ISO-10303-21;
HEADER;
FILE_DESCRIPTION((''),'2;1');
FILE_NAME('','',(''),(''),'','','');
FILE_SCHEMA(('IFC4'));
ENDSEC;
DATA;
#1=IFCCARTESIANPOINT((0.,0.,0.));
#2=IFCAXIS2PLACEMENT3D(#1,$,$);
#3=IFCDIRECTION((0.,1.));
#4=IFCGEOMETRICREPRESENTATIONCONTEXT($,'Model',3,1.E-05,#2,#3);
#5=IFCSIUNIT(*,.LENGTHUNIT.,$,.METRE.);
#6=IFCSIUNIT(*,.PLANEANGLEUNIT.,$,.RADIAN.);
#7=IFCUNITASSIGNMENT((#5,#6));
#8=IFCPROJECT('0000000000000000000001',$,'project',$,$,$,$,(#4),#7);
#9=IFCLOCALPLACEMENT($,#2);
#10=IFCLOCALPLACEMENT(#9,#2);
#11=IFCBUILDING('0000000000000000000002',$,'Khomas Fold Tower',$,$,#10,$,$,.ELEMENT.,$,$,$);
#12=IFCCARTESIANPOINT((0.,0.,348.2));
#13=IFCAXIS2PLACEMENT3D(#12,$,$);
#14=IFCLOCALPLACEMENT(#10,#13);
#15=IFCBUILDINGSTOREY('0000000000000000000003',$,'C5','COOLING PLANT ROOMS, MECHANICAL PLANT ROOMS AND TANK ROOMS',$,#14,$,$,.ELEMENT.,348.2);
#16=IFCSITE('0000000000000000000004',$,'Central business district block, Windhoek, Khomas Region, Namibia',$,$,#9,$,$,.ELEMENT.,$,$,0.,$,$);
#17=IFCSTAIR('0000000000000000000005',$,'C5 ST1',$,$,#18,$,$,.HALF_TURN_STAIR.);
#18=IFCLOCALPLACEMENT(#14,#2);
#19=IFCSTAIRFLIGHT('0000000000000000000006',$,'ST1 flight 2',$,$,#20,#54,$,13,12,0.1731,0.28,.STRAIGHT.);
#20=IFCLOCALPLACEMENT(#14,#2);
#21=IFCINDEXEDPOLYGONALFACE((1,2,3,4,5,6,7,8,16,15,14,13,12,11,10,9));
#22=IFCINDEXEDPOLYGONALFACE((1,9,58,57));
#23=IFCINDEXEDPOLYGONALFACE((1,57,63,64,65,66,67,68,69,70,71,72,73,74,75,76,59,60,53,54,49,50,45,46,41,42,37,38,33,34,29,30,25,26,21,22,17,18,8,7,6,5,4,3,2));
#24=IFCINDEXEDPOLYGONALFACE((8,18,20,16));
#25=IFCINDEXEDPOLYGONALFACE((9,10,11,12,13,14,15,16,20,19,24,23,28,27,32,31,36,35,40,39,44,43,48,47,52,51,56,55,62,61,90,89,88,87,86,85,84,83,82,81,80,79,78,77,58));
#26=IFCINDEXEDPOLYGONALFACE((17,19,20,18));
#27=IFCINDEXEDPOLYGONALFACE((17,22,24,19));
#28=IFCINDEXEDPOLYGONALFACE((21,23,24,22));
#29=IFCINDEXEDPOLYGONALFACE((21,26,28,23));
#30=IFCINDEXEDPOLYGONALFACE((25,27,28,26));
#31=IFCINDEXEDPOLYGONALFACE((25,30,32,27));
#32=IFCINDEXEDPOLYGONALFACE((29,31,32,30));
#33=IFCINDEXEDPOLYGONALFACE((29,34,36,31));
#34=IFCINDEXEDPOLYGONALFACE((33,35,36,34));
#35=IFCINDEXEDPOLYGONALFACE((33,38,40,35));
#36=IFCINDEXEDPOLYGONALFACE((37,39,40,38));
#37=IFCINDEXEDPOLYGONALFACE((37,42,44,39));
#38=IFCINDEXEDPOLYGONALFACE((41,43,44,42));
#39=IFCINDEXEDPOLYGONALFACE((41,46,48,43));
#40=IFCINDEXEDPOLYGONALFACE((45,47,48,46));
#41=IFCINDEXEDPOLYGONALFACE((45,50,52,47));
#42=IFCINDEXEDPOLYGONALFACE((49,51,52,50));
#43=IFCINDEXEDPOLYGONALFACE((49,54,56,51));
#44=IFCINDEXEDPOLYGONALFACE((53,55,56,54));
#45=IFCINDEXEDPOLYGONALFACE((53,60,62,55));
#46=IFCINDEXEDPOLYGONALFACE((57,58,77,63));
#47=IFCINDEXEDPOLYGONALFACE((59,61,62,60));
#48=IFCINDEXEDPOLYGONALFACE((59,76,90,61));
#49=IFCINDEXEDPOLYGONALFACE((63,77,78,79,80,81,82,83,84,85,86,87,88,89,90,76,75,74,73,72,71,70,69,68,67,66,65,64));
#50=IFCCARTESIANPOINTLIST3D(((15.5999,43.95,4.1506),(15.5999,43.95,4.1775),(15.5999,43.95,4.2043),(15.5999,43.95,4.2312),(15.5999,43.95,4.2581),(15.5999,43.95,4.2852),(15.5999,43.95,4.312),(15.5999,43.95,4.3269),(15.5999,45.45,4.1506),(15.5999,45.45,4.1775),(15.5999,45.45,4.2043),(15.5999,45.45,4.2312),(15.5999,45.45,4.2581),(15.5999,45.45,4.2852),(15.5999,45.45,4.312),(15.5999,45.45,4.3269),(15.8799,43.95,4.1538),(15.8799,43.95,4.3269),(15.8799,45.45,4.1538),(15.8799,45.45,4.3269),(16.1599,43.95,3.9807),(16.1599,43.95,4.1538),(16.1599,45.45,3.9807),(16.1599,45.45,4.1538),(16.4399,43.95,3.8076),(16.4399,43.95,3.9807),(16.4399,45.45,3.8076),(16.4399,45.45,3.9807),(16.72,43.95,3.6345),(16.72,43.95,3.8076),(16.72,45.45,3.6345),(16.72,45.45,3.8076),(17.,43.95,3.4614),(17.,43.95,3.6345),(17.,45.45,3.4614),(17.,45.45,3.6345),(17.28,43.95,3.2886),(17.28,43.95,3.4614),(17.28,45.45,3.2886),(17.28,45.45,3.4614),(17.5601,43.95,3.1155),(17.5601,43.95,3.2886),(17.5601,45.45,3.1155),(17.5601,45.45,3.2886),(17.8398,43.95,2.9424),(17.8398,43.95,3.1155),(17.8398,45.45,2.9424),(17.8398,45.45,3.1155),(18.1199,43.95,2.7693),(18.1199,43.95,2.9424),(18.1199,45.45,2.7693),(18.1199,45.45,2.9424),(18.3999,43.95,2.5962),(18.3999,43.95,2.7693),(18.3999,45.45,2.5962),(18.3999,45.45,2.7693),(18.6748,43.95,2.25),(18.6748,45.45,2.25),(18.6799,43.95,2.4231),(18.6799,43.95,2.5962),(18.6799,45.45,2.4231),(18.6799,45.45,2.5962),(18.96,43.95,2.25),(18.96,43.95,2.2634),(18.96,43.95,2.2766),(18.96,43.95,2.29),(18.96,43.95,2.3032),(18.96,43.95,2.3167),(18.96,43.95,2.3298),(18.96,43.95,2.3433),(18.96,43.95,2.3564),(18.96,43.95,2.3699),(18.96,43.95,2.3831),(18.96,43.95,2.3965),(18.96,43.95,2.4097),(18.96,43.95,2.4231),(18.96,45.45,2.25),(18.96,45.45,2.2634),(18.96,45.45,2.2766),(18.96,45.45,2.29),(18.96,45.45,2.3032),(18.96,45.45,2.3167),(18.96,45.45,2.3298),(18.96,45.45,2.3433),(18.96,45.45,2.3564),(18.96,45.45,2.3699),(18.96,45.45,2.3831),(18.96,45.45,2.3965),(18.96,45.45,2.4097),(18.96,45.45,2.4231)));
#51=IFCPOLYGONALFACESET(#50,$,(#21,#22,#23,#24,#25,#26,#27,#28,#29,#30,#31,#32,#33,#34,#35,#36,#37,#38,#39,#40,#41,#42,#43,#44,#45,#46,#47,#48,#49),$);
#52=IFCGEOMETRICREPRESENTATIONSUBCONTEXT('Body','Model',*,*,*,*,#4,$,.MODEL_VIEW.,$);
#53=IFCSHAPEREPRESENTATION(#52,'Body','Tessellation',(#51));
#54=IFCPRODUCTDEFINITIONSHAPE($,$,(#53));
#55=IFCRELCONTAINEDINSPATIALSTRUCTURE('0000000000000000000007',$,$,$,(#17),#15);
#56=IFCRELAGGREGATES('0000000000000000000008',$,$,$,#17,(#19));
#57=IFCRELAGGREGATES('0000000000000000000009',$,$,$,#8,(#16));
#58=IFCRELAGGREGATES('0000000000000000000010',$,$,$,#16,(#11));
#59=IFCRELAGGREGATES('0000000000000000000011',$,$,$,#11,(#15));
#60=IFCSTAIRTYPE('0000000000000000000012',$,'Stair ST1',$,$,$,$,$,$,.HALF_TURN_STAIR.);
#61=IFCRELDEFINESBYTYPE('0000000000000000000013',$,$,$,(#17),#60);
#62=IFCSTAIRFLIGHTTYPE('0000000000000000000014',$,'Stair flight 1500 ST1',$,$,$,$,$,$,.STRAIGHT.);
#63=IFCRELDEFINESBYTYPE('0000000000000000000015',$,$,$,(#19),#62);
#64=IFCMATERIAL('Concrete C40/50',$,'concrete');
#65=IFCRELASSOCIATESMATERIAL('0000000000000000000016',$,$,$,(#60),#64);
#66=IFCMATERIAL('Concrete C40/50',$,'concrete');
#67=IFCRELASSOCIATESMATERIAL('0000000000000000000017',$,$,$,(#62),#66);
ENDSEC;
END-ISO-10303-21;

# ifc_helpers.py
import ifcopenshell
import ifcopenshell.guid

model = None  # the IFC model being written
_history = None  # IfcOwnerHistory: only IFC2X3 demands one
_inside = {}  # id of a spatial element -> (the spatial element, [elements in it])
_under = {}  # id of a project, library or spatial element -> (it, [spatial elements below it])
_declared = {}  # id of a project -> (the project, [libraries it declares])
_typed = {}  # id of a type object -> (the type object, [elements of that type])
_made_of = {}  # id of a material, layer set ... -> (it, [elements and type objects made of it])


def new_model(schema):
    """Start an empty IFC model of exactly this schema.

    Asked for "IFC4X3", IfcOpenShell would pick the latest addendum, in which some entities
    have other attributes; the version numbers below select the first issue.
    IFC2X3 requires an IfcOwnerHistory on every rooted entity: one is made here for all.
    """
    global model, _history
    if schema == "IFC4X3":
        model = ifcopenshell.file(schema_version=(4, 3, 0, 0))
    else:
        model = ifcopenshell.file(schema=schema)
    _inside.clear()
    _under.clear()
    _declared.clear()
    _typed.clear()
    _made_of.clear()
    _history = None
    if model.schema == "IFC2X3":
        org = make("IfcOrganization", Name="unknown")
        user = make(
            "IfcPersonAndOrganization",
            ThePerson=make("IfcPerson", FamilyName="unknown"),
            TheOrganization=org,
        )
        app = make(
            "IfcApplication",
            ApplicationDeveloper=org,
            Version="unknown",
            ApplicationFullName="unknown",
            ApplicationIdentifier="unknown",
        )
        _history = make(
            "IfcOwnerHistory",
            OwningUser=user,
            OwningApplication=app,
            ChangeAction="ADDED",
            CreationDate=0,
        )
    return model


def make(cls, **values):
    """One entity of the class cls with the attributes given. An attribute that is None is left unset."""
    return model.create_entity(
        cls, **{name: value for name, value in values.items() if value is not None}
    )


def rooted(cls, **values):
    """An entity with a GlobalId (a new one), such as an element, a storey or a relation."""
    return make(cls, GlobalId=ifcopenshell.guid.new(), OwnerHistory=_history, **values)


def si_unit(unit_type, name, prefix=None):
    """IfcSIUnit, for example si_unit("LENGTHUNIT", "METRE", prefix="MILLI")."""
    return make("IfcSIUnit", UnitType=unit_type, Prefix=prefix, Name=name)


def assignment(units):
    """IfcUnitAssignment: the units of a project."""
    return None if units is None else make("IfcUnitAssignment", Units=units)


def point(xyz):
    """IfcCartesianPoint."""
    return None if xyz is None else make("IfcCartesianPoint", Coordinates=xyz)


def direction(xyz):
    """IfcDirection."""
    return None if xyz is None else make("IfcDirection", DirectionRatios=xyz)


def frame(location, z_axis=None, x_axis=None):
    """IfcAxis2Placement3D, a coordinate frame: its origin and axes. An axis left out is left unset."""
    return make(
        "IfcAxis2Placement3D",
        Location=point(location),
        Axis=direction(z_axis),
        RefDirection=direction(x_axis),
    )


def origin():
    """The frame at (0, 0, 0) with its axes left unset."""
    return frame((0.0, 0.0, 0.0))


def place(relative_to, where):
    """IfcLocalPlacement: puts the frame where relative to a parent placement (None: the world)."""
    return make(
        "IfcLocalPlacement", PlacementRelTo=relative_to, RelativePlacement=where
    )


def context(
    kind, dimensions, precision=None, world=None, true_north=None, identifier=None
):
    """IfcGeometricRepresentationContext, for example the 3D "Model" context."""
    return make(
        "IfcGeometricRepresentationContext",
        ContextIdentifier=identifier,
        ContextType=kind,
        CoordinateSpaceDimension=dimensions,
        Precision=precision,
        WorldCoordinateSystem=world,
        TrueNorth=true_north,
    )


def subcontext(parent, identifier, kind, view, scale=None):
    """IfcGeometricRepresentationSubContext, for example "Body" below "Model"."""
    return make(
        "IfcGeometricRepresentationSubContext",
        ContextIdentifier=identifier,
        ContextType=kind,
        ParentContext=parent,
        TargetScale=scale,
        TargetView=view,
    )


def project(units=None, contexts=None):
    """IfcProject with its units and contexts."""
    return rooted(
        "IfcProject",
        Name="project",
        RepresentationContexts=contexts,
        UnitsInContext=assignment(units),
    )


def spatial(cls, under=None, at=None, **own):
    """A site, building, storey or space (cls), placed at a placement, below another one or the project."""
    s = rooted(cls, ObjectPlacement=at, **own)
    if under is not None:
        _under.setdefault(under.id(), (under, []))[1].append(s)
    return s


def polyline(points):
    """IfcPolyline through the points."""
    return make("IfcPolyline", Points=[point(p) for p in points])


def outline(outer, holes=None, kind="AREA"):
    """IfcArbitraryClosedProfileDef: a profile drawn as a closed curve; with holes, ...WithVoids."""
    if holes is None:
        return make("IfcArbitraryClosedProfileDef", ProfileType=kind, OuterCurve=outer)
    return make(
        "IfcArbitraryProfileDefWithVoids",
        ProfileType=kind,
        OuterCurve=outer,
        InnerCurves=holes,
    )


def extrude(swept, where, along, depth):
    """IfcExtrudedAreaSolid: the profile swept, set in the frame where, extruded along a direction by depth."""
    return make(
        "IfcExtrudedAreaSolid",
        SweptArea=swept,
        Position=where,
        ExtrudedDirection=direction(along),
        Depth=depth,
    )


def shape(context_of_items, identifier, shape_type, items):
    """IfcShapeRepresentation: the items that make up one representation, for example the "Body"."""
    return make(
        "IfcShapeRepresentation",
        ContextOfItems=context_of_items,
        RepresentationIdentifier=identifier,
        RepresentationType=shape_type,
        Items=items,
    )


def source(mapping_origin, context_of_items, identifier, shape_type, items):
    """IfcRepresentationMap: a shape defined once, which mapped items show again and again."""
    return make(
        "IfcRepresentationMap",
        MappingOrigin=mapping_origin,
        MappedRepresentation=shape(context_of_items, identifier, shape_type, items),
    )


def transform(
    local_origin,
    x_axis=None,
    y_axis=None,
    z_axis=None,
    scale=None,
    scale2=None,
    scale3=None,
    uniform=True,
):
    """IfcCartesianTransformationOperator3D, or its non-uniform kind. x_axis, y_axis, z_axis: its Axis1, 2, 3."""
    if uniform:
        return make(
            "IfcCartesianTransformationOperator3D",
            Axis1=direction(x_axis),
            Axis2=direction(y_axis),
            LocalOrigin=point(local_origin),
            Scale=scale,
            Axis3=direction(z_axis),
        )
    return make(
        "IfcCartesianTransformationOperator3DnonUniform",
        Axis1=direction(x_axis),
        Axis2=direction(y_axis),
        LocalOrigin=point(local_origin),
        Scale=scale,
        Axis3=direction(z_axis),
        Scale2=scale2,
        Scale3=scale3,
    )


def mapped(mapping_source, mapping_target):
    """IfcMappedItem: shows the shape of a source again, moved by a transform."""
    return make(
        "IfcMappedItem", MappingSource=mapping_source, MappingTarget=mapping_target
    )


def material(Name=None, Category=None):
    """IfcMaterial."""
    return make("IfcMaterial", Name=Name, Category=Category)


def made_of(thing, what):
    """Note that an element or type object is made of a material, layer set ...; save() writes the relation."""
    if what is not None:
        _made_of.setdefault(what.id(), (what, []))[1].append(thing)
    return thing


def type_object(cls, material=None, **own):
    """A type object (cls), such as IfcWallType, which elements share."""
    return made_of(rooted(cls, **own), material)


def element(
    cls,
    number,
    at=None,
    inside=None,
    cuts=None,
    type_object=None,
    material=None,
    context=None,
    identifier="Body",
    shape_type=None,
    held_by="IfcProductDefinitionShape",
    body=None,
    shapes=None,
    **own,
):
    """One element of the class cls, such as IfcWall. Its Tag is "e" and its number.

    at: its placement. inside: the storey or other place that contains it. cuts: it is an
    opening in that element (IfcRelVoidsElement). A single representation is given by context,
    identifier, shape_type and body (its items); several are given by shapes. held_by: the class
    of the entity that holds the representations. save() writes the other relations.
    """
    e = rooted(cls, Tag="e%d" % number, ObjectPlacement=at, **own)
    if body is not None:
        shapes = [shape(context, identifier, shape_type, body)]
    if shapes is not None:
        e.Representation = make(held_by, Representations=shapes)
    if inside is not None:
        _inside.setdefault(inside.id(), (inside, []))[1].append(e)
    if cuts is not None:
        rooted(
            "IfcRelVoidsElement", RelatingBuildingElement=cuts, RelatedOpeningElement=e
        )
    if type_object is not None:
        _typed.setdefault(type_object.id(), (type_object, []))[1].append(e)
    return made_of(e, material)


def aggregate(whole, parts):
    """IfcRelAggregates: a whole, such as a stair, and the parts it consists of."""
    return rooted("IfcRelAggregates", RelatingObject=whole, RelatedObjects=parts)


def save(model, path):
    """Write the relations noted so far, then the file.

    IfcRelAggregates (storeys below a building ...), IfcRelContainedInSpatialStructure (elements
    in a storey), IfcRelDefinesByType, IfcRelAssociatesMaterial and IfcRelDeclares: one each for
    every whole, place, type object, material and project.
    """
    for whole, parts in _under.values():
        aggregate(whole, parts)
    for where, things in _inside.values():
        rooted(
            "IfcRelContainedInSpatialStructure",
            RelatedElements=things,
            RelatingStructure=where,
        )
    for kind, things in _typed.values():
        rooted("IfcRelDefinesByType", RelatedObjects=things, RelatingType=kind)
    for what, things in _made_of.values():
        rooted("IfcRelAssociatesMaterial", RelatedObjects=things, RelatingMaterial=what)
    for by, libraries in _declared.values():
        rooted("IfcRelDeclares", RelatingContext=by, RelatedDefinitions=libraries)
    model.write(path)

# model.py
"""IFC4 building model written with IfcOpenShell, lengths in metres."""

from ifc_helpers import new_model, si_unit, direction, frame, origin, place, context, subcontext, project, spatial, polyline, outline, extrude, source, transform, mapped, material, type_object, element, aggregate, save


model = new_model("IFC4")

# Units and contexts
model_context = context("Model", 3, precision=1e-05, world=origin(), true_north=direction((0.0, 1.0)))
body_context = subcontext(model_context, "Body", "Model", "MODEL_VIEW")
ifc_project = project(units=[si_unit("LENGTHUNIT", "METRE"), si_unit("PLANEANGLEUNIT", "RADIAN")], contexts=[model_context])

# Site, building, storey
site_placement = place(None, origin())
site = spatial("IfcSite", under=ifc_project, at=site_placement, Name="Central business district block, Windhoek, Khomas Region, Namibia", CompositionType="ELEMENT", RefElevation=0.0)
building_placement = place(site_placement, origin())
building = spatial("IfcBuilding", under=site, at=building_placement, Name="Khomas Fold Tower", CompositionType="ELEMENT")
storey_placement = place(building_placement, frame((0.0, 0.0, 348.2)))
storey = spatial("IfcBuildingStorey", under=building, at=storey_placement, Name="C5", Description="COOLING PLANT ROOMS, MECHANICAL PLANT ROOMS AND TANK ROOMS", CompositionType="ELEMENT", Elevation=348.2)

# Stair, stair flight
ifc_material_1 = material(Name="Concrete C40/50", Category="concrete")
stair_type = type_object("IfcStairType", Name="Stair ST1", PredefinedType="HALF_TURN_STAIR", material=ifc_material_1)
stair_placement = place(storey_placement, origin())
stair = element("IfcStair", 1, at=stair_placement, inside=storey, type_object=stair_type, Name="C5 ST1", PredefinedType="HALF_TURN_STAIR")
ifc_material_2 = material(Name="Concrete C40/50", Category="concrete")
stair_flight_type = type_object("IfcStairFlightType", Name="Stair flight 1500 ST1", PredefinedType="STRAIGHT", material=ifc_material_2)
shared_shape_1 = source(origin(), body_context, "Body", "SweptSolid", [
    extrude(outline(polyline([(0.0, 0.0), (0.0, 0.0134), (0.0, 0.0266), (0.0, 0.04), (0.0, 0.0532), (0.0, 0.0667), (0.0, 0.0798), (0.0, 0.0933), (0.0, 0.1064), (0.0, 0.1199), (0.0, 0.1331), (0.0, 0.1465), (0.0, 0.1597), (0.0, 0.1731), (0.28, 0.1731), (0.28, 0.3462), (0.5601, 0.3462), (0.5601, 0.5193), (0.8401, 0.5193), (0.8401, 0.6924), (1.1201, 0.6924), (1.1201, 0.8655), (1.3999, 0.8655), (1.3999, 1.0386), (1.6799, 1.0386), (1.6799, 1.2114), (1.96, 1.2114), (1.96, 1.3845), (2.24, 1.3845), (2.24, 1.5576), (2.52, 1.5576), (2.52, 1.7307), (2.8, 1.7307), (2.8, 1.9038), (3.0801, 1.9038), (3.0801, 2.0769), (3.3601, 2.0769), (3.3601, 2.25), (3.3601, 2.2231), (3.3601, 2.1963), (3.3601, 2.1694), (3.3601, 2.1426), (3.3601, 2.1157), (3.3601, 2.0889), (3.3601, 2.062), (3.3601, 2.0352), (3.3601, 2.0081), (3.3601, 1.9812), (3.3601, 1.9543), (3.3601, 1.9275), (3.3601, 1.9006), (0.2852, 0.0), (0.0, 0.0)])), frame((0.0, 0.75, 0.0), z_axis=(0.0, -1.0, 0.0), x_axis=(1.0, 0.0, 0.0)), (0.0, 0.0, 1.0), 1.5),
])
stair_flight_placement = place(storey_placement, frame((18.96, 44.7, 2.25), z_axis=(0.0, 0.0, 1.0), x_axis=(-1.0, 0.0, 0.0)))
stair_flight = element("IfcStairFlight", 2, at=stair_flight_placement, type_object=stair_flight_type, Name="ST1 flight 2", NumberOfRisers=13, NumberOfTreads=12, PredefinedType="STRAIGHT", RiserHeight=0.1731, TreadLength=0.28, context=body_context, shape_type="MappedRepresentation", body=[
    mapped(shared_shape_1, transform((0.0, 0.0, 0.0))),
])
aggregate(stair, [stair_flight])

save(model, "model.ifc")
